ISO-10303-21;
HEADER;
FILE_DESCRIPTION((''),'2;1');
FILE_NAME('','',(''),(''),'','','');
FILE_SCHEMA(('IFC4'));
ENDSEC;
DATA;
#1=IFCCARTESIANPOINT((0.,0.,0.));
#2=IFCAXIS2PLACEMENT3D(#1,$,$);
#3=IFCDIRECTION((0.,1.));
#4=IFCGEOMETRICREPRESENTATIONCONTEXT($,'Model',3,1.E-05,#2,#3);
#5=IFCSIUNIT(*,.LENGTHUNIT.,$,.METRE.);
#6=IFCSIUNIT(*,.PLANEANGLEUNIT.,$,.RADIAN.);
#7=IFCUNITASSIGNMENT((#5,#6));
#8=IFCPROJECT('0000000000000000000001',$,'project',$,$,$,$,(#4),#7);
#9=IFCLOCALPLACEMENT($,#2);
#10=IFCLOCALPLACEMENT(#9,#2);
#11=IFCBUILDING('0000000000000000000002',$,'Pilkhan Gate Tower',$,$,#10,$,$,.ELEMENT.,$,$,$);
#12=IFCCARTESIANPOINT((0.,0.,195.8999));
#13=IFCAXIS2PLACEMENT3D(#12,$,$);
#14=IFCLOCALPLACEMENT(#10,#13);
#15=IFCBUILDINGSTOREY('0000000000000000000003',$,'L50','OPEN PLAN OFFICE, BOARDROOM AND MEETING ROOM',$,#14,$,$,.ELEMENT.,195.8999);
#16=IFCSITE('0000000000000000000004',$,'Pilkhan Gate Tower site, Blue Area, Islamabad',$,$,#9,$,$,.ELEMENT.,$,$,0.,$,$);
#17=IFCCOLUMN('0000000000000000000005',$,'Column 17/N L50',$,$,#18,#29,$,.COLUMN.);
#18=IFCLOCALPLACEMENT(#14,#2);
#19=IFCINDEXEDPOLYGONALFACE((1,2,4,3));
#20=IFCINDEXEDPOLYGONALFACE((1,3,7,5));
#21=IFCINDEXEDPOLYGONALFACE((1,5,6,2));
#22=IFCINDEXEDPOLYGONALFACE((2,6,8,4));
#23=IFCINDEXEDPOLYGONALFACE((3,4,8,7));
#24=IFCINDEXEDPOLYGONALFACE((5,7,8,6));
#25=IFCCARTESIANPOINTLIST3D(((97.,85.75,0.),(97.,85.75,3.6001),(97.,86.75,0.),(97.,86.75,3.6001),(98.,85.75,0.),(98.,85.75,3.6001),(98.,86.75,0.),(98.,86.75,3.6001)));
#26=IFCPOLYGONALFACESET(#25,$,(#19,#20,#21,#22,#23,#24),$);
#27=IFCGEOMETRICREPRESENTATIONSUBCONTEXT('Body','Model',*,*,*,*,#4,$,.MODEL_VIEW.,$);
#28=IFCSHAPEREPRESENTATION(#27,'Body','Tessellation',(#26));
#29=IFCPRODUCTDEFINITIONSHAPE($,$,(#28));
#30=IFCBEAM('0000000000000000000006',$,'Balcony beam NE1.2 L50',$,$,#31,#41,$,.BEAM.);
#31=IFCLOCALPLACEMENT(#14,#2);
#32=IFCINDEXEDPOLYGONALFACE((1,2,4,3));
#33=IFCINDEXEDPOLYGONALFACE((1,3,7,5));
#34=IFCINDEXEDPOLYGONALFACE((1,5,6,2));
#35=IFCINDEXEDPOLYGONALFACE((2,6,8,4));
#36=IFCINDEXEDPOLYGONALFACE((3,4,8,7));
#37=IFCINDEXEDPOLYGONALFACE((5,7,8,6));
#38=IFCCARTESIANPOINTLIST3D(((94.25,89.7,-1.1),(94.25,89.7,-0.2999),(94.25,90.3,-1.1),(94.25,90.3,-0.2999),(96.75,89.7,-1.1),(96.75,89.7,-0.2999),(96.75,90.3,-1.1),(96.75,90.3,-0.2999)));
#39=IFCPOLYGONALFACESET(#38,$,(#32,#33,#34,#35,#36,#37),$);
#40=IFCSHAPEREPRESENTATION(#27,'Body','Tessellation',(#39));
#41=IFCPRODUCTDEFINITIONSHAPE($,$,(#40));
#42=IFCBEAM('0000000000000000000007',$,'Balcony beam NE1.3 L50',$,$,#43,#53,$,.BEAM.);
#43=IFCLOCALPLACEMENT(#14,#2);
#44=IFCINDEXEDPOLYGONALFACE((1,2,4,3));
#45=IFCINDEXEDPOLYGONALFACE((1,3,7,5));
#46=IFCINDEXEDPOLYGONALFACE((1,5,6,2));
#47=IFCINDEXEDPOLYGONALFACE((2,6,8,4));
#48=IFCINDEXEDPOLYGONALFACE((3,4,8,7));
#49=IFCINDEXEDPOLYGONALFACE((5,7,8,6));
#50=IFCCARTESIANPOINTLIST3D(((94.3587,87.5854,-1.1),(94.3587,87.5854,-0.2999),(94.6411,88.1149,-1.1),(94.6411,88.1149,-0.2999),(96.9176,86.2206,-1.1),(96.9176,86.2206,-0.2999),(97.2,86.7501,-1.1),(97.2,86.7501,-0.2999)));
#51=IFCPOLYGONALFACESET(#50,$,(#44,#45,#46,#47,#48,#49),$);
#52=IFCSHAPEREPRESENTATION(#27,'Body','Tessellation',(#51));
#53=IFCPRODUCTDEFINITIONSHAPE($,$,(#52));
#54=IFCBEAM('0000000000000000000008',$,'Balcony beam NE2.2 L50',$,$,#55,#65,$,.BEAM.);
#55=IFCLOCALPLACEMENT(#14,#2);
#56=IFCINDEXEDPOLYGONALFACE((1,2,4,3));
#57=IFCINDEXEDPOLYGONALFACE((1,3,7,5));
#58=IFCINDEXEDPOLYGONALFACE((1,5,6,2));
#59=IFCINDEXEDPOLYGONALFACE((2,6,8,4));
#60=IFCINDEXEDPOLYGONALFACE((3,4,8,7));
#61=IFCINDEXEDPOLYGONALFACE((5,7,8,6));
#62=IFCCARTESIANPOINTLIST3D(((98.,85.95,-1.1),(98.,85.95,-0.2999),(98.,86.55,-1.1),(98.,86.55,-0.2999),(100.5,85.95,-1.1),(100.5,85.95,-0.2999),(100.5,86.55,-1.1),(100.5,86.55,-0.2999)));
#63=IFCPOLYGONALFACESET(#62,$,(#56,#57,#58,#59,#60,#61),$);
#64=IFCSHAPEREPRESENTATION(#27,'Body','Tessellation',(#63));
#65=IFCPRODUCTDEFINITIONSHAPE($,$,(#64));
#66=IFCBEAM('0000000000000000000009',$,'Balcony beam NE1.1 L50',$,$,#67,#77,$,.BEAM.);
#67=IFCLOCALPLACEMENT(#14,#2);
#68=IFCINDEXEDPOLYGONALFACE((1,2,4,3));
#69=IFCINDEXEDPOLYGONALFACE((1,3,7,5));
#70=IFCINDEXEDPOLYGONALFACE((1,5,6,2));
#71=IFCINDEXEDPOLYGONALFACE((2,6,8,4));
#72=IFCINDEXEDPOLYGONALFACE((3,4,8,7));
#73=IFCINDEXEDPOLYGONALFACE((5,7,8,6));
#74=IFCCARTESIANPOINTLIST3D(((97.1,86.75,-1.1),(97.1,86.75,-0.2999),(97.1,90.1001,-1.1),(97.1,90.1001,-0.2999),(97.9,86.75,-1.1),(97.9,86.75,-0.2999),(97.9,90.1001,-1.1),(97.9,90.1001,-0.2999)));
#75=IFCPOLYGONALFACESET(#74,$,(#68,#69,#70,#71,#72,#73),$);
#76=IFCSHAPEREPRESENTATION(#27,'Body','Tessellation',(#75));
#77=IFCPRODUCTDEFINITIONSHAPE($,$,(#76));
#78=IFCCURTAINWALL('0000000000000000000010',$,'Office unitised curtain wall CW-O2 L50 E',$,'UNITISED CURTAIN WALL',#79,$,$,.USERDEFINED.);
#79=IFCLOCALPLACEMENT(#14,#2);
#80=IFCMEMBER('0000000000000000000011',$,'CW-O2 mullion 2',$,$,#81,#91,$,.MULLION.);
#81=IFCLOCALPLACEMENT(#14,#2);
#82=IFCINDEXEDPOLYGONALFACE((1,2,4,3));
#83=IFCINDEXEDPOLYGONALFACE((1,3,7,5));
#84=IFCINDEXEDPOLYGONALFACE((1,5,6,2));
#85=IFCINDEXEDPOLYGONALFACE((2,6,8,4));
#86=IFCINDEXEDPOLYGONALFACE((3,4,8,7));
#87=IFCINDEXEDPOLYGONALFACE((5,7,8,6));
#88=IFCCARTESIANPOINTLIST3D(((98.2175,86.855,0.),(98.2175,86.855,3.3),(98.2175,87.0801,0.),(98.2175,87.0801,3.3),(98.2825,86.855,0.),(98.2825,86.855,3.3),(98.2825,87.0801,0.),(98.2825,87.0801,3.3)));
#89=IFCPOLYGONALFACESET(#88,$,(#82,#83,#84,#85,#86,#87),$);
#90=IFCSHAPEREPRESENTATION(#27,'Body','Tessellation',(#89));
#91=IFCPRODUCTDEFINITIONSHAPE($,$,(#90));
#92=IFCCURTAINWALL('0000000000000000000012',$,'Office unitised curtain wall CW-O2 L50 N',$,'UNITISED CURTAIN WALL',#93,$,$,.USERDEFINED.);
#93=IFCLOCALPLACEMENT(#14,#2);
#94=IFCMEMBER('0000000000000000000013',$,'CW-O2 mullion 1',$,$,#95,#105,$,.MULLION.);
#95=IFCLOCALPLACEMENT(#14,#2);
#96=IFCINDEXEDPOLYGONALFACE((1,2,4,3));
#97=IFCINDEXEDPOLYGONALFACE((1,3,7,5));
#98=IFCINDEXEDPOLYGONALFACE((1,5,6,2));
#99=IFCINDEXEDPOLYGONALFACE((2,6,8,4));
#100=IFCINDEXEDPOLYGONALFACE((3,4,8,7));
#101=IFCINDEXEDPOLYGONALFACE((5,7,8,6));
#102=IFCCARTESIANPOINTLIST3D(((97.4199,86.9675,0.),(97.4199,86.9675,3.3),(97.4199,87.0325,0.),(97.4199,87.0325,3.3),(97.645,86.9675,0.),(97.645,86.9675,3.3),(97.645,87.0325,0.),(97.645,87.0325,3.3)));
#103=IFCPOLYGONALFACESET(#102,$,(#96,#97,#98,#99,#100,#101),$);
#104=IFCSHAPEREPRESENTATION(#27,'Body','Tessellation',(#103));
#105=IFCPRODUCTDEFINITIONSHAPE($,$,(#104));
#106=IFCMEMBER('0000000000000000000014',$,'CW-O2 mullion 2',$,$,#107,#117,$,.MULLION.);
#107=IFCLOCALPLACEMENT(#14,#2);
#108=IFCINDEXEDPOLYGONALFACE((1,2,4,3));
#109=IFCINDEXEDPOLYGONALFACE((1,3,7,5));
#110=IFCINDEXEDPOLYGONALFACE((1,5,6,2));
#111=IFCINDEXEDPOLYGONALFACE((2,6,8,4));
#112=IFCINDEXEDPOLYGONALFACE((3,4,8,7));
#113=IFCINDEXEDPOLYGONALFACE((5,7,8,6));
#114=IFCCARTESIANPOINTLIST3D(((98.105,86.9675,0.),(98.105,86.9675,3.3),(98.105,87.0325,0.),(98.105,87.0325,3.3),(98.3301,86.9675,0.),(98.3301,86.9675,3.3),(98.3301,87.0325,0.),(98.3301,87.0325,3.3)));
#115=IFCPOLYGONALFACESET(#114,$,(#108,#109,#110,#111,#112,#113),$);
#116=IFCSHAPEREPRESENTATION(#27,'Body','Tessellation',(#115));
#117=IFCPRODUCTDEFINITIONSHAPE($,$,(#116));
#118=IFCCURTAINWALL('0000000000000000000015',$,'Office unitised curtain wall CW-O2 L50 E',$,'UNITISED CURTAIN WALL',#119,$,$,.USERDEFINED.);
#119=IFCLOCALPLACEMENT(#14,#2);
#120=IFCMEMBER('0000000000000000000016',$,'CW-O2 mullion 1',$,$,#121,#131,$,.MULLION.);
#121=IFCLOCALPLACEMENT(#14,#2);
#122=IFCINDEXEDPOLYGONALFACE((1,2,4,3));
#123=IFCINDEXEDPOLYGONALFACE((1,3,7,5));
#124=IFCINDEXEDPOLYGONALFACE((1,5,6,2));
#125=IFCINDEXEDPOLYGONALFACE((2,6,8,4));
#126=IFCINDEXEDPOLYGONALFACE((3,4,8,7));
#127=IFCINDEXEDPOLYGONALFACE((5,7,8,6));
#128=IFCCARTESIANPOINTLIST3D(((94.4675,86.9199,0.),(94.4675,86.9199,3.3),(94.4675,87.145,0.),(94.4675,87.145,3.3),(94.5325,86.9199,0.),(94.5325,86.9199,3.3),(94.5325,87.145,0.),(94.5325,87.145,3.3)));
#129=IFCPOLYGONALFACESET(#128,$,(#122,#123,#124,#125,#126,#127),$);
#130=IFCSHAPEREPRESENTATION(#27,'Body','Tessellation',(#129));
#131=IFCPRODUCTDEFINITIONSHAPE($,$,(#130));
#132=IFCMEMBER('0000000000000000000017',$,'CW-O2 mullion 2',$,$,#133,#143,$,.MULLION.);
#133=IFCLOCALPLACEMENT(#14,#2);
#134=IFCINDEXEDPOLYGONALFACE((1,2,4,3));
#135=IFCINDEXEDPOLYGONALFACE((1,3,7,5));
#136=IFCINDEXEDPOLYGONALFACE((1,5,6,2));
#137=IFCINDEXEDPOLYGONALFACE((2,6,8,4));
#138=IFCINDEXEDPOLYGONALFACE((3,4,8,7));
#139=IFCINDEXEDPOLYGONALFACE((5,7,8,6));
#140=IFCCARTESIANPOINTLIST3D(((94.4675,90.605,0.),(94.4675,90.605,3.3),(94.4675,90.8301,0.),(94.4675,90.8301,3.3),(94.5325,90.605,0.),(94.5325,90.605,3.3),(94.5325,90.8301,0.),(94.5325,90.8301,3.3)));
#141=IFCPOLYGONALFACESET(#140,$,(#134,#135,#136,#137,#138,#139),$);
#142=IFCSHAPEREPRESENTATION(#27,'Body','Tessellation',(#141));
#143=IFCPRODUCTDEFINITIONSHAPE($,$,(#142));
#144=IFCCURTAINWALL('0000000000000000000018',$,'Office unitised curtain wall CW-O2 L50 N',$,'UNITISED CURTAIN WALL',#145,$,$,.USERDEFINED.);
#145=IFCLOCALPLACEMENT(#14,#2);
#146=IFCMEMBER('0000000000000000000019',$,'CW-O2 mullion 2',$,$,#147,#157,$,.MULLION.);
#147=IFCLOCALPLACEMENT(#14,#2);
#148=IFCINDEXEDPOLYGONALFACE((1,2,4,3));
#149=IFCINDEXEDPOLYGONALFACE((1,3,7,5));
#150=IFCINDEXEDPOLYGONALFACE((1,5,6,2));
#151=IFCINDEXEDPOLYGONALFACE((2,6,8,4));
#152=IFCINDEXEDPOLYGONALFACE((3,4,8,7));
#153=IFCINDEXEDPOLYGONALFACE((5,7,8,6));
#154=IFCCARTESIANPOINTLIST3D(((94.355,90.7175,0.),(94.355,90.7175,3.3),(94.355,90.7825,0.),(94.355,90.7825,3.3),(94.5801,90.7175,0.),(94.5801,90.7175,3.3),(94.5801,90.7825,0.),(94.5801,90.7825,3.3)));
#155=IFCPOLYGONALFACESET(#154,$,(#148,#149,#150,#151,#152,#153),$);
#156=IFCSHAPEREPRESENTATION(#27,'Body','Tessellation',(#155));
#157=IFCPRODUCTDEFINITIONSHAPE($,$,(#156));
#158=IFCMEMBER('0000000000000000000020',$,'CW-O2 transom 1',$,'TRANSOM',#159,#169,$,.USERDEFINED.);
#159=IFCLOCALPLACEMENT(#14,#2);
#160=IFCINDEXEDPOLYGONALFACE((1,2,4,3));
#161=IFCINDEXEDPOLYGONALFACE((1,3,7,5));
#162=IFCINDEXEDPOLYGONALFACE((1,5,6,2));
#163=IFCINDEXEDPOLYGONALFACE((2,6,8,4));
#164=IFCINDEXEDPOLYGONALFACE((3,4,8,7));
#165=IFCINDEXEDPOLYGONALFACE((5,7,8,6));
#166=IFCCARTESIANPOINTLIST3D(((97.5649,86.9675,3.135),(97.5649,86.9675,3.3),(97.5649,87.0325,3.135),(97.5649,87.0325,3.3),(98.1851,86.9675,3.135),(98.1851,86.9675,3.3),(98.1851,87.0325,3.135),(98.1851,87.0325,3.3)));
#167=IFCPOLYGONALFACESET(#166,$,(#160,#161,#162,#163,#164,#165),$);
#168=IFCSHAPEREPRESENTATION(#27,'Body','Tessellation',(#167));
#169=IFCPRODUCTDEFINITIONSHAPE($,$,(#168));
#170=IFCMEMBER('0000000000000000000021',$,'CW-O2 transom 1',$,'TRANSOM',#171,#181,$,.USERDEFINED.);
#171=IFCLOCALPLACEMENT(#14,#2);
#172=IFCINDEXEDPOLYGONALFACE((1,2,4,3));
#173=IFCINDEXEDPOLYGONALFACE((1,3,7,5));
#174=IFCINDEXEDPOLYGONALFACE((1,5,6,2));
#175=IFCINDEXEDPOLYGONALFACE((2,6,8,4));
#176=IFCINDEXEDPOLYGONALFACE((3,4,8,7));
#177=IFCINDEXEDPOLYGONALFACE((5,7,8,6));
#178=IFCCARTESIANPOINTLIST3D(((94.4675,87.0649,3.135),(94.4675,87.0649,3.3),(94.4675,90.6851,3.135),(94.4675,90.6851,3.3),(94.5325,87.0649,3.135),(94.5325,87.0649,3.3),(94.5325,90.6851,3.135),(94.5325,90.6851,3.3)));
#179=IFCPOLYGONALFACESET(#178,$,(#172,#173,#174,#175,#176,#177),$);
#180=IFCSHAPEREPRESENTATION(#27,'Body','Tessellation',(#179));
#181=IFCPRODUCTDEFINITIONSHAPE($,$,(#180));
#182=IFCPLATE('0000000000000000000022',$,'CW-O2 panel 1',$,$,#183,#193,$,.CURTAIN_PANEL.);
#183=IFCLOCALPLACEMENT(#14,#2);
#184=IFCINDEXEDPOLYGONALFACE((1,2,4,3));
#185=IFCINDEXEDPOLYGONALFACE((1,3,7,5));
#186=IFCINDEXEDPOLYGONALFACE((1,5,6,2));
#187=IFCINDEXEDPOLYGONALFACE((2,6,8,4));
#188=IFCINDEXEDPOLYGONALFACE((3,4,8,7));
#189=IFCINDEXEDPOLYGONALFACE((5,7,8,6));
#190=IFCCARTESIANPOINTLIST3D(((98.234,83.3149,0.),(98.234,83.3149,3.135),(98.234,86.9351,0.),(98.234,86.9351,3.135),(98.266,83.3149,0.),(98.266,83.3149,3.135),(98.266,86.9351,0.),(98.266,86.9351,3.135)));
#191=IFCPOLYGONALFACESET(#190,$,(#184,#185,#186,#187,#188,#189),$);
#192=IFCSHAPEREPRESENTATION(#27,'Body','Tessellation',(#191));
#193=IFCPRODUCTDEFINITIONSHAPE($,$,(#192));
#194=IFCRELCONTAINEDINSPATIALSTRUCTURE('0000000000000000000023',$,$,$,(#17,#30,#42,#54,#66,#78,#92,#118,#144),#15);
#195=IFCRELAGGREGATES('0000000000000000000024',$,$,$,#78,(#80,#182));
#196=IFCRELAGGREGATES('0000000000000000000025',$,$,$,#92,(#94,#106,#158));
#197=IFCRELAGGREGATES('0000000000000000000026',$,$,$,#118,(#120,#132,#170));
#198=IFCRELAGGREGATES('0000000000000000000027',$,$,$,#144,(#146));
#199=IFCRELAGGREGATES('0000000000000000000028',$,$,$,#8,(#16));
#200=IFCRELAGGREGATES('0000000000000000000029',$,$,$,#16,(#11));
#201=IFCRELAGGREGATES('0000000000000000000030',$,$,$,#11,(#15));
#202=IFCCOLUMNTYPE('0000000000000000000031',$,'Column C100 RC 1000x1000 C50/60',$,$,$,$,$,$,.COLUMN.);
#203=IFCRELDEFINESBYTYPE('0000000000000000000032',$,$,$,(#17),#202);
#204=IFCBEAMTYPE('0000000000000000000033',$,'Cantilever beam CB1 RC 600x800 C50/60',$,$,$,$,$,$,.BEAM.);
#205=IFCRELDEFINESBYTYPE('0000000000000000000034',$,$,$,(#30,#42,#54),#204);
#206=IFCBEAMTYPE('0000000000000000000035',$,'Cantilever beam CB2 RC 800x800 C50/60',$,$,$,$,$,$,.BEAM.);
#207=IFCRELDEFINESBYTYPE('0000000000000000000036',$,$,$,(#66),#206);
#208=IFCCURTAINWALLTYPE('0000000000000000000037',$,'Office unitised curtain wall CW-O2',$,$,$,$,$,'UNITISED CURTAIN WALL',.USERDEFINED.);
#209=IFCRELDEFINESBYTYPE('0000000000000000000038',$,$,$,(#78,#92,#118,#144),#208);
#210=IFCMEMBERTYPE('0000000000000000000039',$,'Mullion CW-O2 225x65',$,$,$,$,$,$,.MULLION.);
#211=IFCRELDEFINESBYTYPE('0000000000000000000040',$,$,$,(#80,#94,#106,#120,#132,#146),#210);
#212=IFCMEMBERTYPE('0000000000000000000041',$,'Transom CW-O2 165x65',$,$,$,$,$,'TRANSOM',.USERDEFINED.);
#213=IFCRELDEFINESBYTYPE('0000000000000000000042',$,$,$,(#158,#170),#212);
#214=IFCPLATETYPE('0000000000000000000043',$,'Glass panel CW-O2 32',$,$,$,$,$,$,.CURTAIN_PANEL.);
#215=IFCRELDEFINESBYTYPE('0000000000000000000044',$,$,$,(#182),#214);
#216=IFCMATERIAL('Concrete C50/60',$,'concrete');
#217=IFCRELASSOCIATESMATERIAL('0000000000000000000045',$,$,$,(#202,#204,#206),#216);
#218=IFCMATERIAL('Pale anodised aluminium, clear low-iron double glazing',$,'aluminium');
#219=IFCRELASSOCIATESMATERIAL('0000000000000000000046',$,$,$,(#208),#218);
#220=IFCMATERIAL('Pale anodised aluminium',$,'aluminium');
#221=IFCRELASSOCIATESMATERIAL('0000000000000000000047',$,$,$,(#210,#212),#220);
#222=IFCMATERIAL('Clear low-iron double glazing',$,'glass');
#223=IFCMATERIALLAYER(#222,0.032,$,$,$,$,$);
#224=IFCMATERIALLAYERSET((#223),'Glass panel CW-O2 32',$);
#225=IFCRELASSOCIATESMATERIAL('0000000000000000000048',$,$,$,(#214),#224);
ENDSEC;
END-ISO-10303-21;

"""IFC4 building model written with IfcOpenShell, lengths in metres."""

from ifc_helpers import new_model, si_unit, direction, frame, origin, origin_2d, place, context, subcontext, project, spatial, rectangle, extrude, material, layer, layer_set, material_profile, profile_set, type_object, element, aggregate, save


model = new_model("IFC4")

# Units and contexts
model_context = context("Model", 3, precision=1e-05, world=origin(), true_north=direction((0.0, 1.0)))
body_context = subcontext(model_context, "Body", "Model", "MODEL_VIEW")
ifc_project = project(units=[si_unit("LENGTHUNIT", "METRE"), si_unit("PLANEANGLEUNIT", "RADIAN")], contexts=[model_context])

# Site, building, storey
site_placement = place(None, origin())
site = spatial("IfcSite", under=ifc_project, at=site_placement, Name="Pilkhan Gate Tower site, Blue Area, Islamabad", CompositionType="ELEMENT", RefElevation=0.0)
building_placement = place(site_placement, origin())
building = spatial("IfcBuilding", under=site, at=building_placement, Name="Pilkhan Gate Tower", CompositionType="ELEMENT")
storey_placement = place(building_placement, frame((0.0, 0.0, 195.8999)))
storey = spatial("IfcBuildingStorey", under=building, at=storey_placement, Name="L50", Description="OPEN PLAN OFFICE, BOARDROOM AND MEETING ROOM", CompositionType="ELEMENT", Elevation=195.8999)

# Column
ifc_material_1 = material(Name="Concrete C50/60", Category="concrete")
ifc_material_profile_1 = material_profile(ifc_material_1, rectangle(XDim=1.0, YDim=1.0, at=origin_2d()), Name="RC 1000x1000")
ifc_profile_set_1 = profile_set([ifc_material_profile_1], Name="Concrete C50/60")
column_type = type_object("IfcColumnType", Name="Column C100 RC 1000x1000 C50/60", PredefinedType="COLUMN", material=ifc_profile_set_1)
column_placement = place(storey_placement, frame((97.5, 86.25, 0.0), z_axis=(0.0, 0.0, 1.0), x_axis=(1.0, 0.0, 0.0)))
element("IfcColumn", 1, at=column_placement, inside=storey, type_object=column_type, Name="Column 17/N L50", PredefinedType="COLUMN", context=body_context, shape_type="SweptSolid", body=[
    extrude(rectangle(XDim=1.0, YDim=1.0, at=origin_2d()), origin(), (0.0, 0.0, 1.0), 3.6001),
])

# Beams
ifc_material_profile_2 = material_profile(ifc_material_1, rectangle(XDim=0.6001, YDim=0.8, at=origin_2d()), Name="RC 600x800")
ifc_profile_set_2 = profile_set([ifc_material_profile_2], Name="Concrete C50/60")
beam_type_1 = type_object("IfcBeamType", Name="Cantilever beam CB1 RC 600x800 C50/60", PredefinedType="BEAM", material=ifc_profile_set_2)
beam_1_placement = place(storey_placement, frame((94.25, 90.0, -0.7), z_axis=(1.0, 0.0, 0.0), x_axis=(0.0, 1.0, 0.0)))
element("IfcBeam", 2, at=beam_1_placement, inside=storey, type_object=beam_type_1, Name="Balcony beam NE1.2 L50", PredefinedType="BEAM", context=body_context, shape_type="SweptSolid", body=[
    extrude(rectangle(XDim=0.6001, YDim=0.8, at=origin_2d()), origin(), (0.0, 0.0, 1.0), 2.5),
])
beam_2_placement = place(storey_placement, frame((97.0588, 86.4854, -0.7), z_axis=(-0.882348, 0.470597, 0.0), x_axis=(-0.470597, -0.882348, 0.0)))
element("IfcBeam", 3, at=beam_2_placement, inside=storey, type_object=beam_type_1, Name="Balcony beam NE1.3 L50", PredefinedType="BEAM", context=body_context, shape_type="SweptSolid", body=[
    extrude(rectangle(XDim=0.6001, YDim=0.8, at=origin_2d()), origin(), (0.0, 0.0, 1.0), 2.9001),
])
beam_3_placement = place(storey_placement, frame((98.0, 86.25, -0.7), z_axis=(1.0, 0.0, 0.0), x_axis=(0.0, 1.0, 0.0)))
element("IfcBeam", 4, at=beam_3_placement, inside=storey, type_object=beam_type_1, Name="Balcony beam NE2.2 L50", PredefinedType="BEAM", context=body_context, shape_type="SweptSolid", body=[
    extrude(rectangle(XDim=0.6001, YDim=0.8, at=origin_2d()), origin(), (0.0, 0.0, 1.0), 2.5),
])
ifc_material_profile_3 = material_profile(ifc_material_1, rectangle(XDim=0.8, YDim=0.8, at=origin_2d()), Name="RC 800x800")
ifc_profile_set_3 = profile_set([ifc_material_profile_3], Name="Concrete C50/60")
beam_type_2 = type_object("IfcBeamType", Name="Cantilever beam CB2 RC 800x800 C50/60", PredefinedType="BEAM", material=ifc_profile_set_3)
beam_4_placement = place(storey_placement, frame((97.5, 86.75, -0.7), z_axis=(0.0, 1.0, 0.0), x_axis=(-1.0, 0.0, 0.0)))
element("IfcBeam", 5, at=beam_4_placement, inside=storey, type_object=beam_type_2, Name="Balcony beam NE1.1 L50", PredefinedType="BEAM", context=body_context, shape_type="SweptSolid", body=[
    extrude(rectangle(XDim=0.8, YDim=0.8, at=origin_2d()), origin(), (0.0, 0.0, 1.0), 3.3501),
])

# Curtain wall, member
ifc_material_2 = material(Name="Pale anodised aluminium, clear low-iron double glazing", Category="aluminium")
curtain_wall_type = type_object("IfcCurtainWallType", Name="Office unitised curtain wall CW-O2", ElementType="UNITISED CURTAIN WALL", PredefinedType="USERDEFINED", material=ifc_material_2)
curtain_wall_1_placement = place(storey_placement, origin())
curtain_wall_1 = element("IfcCurtainWall", 6, at=curtain_wall_1_placement, inside=storey, type_object=curtain_wall_type, Name="Office unitised curtain wall CW-O2 L50 E", ObjectType="UNITISED CURTAIN WALL", PredefinedType="USERDEFINED")
ifc_material_3 = material(Name="Pale anodised aluminium", Category="aluminium")
ifc_material_profile_4 = material_profile(ifc_material_3, rectangle(XDim=0.0649, YDim=0.2251, at=origin_2d()), Name="Mullion 225x65")
ifc_profile_set_4 = profile_set([ifc_material_profile_4], Name="Pale anodised aluminium")
member_type_1 = type_object("IfcMemberType", Name="Mullion CW-O2 225x65", PredefinedType="MULLION", material=ifc_profile_set_4)
member_1_placement = place(storey_placement, frame((98.25, 86.9675, 0.0), z_axis=(0.0, 0.0, 1.0), x_axis=(-1.0, 0.0, 0.0)))
member_1 = element("IfcMember", 7, at=member_1_placement, type_object=member_type_1, Name="CW-O2 mullion 2", PredefinedType="MULLION", context=body_context, shape_type="SweptSolid", body=[
    extrude(rectangle(XDim=0.0649, YDim=0.2251, at=origin_2d()), origin(), (0.0, 0.0, 1.0), 3.3),
])

# Curtain walls, members
curtain_wall_2_placement = place(storey_placement, origin())
curtain_wall_2 = element("IfcCurtainWall", 8, at=curtain_wall_2_placement, inside=storey, type_object=curtain_wall_type, Name="Office unitised curtain wall CW-O2 L50 N", ObjectType="UNITISED CURTAIN WALL", PredefinedType="USERDEFINED")
member_2_placement = place(storey_placement, frame((97.5325, 87.0, 0.0), z_axis=(0.0, 0.0, 1.0), x_axis=(0.0, 1.0, 0.0)))
member_2 = element("IfcMember", 9, at=member_2_placement, type_object=member_type_1, Name="CW-O2 mullion 1", PredefinedType="MULLION", context=body_context, shape_type="SweptSolid", body=[
    extrude(rectangle(XDim=0.0649, YDim=0.2251, at=origin_2d()), origin(), (0.0, 0.0, 1.0), 3.3),
])
member_3_placement = place(storey_placement, frame((98.2175, 87.0, 0.0), z_axis=(0.0, 0.0, 1.0), x_axis=(0.0, 1.0, 0.0)))
member_3 = element("IfcMember", 10, at=member_3_placement, type_object=member_type_1, Name="CW-O2 mullion 2", PredefinedType="MULLION", context=body_context, shape_type="SweptSolid", body=[
    extrude(rectangle(XDim=0.0649, YDim=0.2251, at=origin_2d()), origin(), (0.0, 0.0, 1.0), 3.3),
])
curtain_wall_3_placement = place(storey_placement, origin())
curtain_wall_3 = element("IfcCurtainWall", 11, at=curtain_wall_3_placement, inside=storey, type_object=curtain_wall_type, Name="Office unitised curtain wall CW-O2 L50 E", ObjectType="UNITISED CURTAIN WALL", PredefinedType="USERDEFINED")
member_4_placement = place(storey_placement, frame((94.5, 87.0325, 0.0), z_axis=(0.0, 0.0, 1.0), x_axis=(-1.0, 0.0, 0.0)))
member_4 = element("IfcMember", 12, at=member_4_placement, type_object=member_type_1, Name="CW-O2 mullion 1", PredefinedType="MULLION", context=body_context, shape_type="SweptSolid", body=[
    extrude(rectangle(XDim=0.0649, YDim=0.2251, at=origin_2d()), origin(), (0.0, 0.0, 1.0), 3.3),
])
member_5_placement = place(storey_placement, frame((94.5, 90.7175, 0.0), z_axis=(0.0, 0.0, 1.0), x_axis=(-1.0, 0.0, 0.0)))
member_5 = element("IfcMember", 13, at=member_5_placement, type_object=member_type_1, Name="CW-O2 mullion 2", PredefinedType="MULLION", context=body_context, shape_type="SweptSolid", body=[
    extrude(rectangle(XDim=0.0649, YDim=0.2251, at=origin_2d()), origin(), (0.0, 0.0, 1.0), 3.3),
])

# Curtain wall, member
curtain_wall_4_placement = place(storey_placement, origin())
curtain_wall_4 = element("IfcCurtainWall", 14, at=curtain_wall_4_placement, inside=storey, type_object=curtain_wall_type, Name="Office unitised curtain wall CW-O2 L50 N", ObjectType="UNITISED CURTAIN WALL", PredefinedType="USERDEFINED")
member_6_placement = place(storey_placement, frame((94.4675, 90.75, 0.0), z_axis=(0.0, 0.0, 1.0), x_axis=(0.0, 1.0, 0.0)))
member_6 = element("IfcMember", 15, at=member_6_placement, type_object=member_type_1, Name="CW-O2 mullion 2", PredefinedType="MULLION", context=body_context, shape_type="SweptSolid", body=[
    extrude(rectangle(XDim=0.0649, YDim=0.2251, at=origin_2d()), origin(), (0.0, 0.0, 1.0), 3.3),
])

# Members
ifc_material_profile_5 = material_profile(ifc_material_3, rectangle(XDim=0.0649, YDim=0.165, at=origin_2d()), Name="Transom 165x65")
ifc_profile_set_5 = profile_set([ifc_material_profile_5], Name="Pale anodised aluminium")
member_type_2 = type_object("IfcMemberType", Name="Transom CW-O2 165x65", ElementType="TRANSOM", PredefinedType="USERDEFINED", material=ifc_profile_set_5)
member_7_placement = place(storey_placement, frame((97.5649, 87.0, 3.2175), z_axis=(1.0, 0.0, 0.0), x_axis=(0.0, 1.0, 0.0)))
member_7 = element("IfcMember", 16, at=member_7_placement, type_object=member_type_2, Name="CW-O2 transom 1", ObjectType="TRANSOM", PredefinedType="USERDEFINED", context=body_context, shape_type="SweptSolid", body=[
    extrude(rectangle(XDim=0.0649, YDim=0.165, at=origin_2d()), origin(), (0.0, 0.0, 1.0), 0.6201),
])
member_8_placement = place(storey_placement, frame((94.5, 87.0649, 3.2175), z_axis=(0.0, 1.0, 0.0), x_axis=(-1.0, 0.0, 0.0)))
member_8 = element("IfcMember", 17, at=member_8_placement, type_object=member_type_2, Name="CW-O2 transom 1", ObjectType="TRANSOM", PredefinedType="USERDEFINED", context=body_context, shape_type="SweptSolid", body=[
    extrude(rectangle(XDim=0.0649, YDim=0.165, at=origin_2d()), origin(), (0.0, 0.0, 1.0), 3.6201),
])

# Plate
ifc_material_4 = material(Name="Clear low-iron double glazing", Category="glass")
ifc_layer_1 = layer(ifc_material_4, 0.032)
ifc_layer_set_1 = layer_set([ifc_layer_1], Name="Glass panel CW-O2 32")
plate_type = type_object("IfcPlateType", Name="Glass panel CW-O2 32", PredefinedType="CURTAIN_PANEL", material=ifc_layer_set_1)
plate_1_placement = place(storey_placement, frame((98.25, 85.125, 0.0), z_axis=(0.0, 0.0, 1.0), x_axis=(0.0, 1.0, 0.0)))
plate_1 = element("IfcPlate", 18, at=plate_1_placement, type_object=plate_type, Name="CW-O2 panel 1", PredefinedType="CURTAIN_PANEL", context=body_context, shape_type="SweptSolid", body=[
    extrude(rectangle(XDim=3.6201, YDim=0.032, at=origin_2d()), origin(), (0.0, 0.0, 1.0), 3.135),
])
aggregate(curtain_wall_1, [member_1, plate_1])
aggregate(curtain_wall_2, [member_2, member_3, member_7])
aggregate(curtain_wall_3, [member_4, member_5, member_8])
aggregate(curtain_wall_4, [member_6])

save(model, "model.ifc")
